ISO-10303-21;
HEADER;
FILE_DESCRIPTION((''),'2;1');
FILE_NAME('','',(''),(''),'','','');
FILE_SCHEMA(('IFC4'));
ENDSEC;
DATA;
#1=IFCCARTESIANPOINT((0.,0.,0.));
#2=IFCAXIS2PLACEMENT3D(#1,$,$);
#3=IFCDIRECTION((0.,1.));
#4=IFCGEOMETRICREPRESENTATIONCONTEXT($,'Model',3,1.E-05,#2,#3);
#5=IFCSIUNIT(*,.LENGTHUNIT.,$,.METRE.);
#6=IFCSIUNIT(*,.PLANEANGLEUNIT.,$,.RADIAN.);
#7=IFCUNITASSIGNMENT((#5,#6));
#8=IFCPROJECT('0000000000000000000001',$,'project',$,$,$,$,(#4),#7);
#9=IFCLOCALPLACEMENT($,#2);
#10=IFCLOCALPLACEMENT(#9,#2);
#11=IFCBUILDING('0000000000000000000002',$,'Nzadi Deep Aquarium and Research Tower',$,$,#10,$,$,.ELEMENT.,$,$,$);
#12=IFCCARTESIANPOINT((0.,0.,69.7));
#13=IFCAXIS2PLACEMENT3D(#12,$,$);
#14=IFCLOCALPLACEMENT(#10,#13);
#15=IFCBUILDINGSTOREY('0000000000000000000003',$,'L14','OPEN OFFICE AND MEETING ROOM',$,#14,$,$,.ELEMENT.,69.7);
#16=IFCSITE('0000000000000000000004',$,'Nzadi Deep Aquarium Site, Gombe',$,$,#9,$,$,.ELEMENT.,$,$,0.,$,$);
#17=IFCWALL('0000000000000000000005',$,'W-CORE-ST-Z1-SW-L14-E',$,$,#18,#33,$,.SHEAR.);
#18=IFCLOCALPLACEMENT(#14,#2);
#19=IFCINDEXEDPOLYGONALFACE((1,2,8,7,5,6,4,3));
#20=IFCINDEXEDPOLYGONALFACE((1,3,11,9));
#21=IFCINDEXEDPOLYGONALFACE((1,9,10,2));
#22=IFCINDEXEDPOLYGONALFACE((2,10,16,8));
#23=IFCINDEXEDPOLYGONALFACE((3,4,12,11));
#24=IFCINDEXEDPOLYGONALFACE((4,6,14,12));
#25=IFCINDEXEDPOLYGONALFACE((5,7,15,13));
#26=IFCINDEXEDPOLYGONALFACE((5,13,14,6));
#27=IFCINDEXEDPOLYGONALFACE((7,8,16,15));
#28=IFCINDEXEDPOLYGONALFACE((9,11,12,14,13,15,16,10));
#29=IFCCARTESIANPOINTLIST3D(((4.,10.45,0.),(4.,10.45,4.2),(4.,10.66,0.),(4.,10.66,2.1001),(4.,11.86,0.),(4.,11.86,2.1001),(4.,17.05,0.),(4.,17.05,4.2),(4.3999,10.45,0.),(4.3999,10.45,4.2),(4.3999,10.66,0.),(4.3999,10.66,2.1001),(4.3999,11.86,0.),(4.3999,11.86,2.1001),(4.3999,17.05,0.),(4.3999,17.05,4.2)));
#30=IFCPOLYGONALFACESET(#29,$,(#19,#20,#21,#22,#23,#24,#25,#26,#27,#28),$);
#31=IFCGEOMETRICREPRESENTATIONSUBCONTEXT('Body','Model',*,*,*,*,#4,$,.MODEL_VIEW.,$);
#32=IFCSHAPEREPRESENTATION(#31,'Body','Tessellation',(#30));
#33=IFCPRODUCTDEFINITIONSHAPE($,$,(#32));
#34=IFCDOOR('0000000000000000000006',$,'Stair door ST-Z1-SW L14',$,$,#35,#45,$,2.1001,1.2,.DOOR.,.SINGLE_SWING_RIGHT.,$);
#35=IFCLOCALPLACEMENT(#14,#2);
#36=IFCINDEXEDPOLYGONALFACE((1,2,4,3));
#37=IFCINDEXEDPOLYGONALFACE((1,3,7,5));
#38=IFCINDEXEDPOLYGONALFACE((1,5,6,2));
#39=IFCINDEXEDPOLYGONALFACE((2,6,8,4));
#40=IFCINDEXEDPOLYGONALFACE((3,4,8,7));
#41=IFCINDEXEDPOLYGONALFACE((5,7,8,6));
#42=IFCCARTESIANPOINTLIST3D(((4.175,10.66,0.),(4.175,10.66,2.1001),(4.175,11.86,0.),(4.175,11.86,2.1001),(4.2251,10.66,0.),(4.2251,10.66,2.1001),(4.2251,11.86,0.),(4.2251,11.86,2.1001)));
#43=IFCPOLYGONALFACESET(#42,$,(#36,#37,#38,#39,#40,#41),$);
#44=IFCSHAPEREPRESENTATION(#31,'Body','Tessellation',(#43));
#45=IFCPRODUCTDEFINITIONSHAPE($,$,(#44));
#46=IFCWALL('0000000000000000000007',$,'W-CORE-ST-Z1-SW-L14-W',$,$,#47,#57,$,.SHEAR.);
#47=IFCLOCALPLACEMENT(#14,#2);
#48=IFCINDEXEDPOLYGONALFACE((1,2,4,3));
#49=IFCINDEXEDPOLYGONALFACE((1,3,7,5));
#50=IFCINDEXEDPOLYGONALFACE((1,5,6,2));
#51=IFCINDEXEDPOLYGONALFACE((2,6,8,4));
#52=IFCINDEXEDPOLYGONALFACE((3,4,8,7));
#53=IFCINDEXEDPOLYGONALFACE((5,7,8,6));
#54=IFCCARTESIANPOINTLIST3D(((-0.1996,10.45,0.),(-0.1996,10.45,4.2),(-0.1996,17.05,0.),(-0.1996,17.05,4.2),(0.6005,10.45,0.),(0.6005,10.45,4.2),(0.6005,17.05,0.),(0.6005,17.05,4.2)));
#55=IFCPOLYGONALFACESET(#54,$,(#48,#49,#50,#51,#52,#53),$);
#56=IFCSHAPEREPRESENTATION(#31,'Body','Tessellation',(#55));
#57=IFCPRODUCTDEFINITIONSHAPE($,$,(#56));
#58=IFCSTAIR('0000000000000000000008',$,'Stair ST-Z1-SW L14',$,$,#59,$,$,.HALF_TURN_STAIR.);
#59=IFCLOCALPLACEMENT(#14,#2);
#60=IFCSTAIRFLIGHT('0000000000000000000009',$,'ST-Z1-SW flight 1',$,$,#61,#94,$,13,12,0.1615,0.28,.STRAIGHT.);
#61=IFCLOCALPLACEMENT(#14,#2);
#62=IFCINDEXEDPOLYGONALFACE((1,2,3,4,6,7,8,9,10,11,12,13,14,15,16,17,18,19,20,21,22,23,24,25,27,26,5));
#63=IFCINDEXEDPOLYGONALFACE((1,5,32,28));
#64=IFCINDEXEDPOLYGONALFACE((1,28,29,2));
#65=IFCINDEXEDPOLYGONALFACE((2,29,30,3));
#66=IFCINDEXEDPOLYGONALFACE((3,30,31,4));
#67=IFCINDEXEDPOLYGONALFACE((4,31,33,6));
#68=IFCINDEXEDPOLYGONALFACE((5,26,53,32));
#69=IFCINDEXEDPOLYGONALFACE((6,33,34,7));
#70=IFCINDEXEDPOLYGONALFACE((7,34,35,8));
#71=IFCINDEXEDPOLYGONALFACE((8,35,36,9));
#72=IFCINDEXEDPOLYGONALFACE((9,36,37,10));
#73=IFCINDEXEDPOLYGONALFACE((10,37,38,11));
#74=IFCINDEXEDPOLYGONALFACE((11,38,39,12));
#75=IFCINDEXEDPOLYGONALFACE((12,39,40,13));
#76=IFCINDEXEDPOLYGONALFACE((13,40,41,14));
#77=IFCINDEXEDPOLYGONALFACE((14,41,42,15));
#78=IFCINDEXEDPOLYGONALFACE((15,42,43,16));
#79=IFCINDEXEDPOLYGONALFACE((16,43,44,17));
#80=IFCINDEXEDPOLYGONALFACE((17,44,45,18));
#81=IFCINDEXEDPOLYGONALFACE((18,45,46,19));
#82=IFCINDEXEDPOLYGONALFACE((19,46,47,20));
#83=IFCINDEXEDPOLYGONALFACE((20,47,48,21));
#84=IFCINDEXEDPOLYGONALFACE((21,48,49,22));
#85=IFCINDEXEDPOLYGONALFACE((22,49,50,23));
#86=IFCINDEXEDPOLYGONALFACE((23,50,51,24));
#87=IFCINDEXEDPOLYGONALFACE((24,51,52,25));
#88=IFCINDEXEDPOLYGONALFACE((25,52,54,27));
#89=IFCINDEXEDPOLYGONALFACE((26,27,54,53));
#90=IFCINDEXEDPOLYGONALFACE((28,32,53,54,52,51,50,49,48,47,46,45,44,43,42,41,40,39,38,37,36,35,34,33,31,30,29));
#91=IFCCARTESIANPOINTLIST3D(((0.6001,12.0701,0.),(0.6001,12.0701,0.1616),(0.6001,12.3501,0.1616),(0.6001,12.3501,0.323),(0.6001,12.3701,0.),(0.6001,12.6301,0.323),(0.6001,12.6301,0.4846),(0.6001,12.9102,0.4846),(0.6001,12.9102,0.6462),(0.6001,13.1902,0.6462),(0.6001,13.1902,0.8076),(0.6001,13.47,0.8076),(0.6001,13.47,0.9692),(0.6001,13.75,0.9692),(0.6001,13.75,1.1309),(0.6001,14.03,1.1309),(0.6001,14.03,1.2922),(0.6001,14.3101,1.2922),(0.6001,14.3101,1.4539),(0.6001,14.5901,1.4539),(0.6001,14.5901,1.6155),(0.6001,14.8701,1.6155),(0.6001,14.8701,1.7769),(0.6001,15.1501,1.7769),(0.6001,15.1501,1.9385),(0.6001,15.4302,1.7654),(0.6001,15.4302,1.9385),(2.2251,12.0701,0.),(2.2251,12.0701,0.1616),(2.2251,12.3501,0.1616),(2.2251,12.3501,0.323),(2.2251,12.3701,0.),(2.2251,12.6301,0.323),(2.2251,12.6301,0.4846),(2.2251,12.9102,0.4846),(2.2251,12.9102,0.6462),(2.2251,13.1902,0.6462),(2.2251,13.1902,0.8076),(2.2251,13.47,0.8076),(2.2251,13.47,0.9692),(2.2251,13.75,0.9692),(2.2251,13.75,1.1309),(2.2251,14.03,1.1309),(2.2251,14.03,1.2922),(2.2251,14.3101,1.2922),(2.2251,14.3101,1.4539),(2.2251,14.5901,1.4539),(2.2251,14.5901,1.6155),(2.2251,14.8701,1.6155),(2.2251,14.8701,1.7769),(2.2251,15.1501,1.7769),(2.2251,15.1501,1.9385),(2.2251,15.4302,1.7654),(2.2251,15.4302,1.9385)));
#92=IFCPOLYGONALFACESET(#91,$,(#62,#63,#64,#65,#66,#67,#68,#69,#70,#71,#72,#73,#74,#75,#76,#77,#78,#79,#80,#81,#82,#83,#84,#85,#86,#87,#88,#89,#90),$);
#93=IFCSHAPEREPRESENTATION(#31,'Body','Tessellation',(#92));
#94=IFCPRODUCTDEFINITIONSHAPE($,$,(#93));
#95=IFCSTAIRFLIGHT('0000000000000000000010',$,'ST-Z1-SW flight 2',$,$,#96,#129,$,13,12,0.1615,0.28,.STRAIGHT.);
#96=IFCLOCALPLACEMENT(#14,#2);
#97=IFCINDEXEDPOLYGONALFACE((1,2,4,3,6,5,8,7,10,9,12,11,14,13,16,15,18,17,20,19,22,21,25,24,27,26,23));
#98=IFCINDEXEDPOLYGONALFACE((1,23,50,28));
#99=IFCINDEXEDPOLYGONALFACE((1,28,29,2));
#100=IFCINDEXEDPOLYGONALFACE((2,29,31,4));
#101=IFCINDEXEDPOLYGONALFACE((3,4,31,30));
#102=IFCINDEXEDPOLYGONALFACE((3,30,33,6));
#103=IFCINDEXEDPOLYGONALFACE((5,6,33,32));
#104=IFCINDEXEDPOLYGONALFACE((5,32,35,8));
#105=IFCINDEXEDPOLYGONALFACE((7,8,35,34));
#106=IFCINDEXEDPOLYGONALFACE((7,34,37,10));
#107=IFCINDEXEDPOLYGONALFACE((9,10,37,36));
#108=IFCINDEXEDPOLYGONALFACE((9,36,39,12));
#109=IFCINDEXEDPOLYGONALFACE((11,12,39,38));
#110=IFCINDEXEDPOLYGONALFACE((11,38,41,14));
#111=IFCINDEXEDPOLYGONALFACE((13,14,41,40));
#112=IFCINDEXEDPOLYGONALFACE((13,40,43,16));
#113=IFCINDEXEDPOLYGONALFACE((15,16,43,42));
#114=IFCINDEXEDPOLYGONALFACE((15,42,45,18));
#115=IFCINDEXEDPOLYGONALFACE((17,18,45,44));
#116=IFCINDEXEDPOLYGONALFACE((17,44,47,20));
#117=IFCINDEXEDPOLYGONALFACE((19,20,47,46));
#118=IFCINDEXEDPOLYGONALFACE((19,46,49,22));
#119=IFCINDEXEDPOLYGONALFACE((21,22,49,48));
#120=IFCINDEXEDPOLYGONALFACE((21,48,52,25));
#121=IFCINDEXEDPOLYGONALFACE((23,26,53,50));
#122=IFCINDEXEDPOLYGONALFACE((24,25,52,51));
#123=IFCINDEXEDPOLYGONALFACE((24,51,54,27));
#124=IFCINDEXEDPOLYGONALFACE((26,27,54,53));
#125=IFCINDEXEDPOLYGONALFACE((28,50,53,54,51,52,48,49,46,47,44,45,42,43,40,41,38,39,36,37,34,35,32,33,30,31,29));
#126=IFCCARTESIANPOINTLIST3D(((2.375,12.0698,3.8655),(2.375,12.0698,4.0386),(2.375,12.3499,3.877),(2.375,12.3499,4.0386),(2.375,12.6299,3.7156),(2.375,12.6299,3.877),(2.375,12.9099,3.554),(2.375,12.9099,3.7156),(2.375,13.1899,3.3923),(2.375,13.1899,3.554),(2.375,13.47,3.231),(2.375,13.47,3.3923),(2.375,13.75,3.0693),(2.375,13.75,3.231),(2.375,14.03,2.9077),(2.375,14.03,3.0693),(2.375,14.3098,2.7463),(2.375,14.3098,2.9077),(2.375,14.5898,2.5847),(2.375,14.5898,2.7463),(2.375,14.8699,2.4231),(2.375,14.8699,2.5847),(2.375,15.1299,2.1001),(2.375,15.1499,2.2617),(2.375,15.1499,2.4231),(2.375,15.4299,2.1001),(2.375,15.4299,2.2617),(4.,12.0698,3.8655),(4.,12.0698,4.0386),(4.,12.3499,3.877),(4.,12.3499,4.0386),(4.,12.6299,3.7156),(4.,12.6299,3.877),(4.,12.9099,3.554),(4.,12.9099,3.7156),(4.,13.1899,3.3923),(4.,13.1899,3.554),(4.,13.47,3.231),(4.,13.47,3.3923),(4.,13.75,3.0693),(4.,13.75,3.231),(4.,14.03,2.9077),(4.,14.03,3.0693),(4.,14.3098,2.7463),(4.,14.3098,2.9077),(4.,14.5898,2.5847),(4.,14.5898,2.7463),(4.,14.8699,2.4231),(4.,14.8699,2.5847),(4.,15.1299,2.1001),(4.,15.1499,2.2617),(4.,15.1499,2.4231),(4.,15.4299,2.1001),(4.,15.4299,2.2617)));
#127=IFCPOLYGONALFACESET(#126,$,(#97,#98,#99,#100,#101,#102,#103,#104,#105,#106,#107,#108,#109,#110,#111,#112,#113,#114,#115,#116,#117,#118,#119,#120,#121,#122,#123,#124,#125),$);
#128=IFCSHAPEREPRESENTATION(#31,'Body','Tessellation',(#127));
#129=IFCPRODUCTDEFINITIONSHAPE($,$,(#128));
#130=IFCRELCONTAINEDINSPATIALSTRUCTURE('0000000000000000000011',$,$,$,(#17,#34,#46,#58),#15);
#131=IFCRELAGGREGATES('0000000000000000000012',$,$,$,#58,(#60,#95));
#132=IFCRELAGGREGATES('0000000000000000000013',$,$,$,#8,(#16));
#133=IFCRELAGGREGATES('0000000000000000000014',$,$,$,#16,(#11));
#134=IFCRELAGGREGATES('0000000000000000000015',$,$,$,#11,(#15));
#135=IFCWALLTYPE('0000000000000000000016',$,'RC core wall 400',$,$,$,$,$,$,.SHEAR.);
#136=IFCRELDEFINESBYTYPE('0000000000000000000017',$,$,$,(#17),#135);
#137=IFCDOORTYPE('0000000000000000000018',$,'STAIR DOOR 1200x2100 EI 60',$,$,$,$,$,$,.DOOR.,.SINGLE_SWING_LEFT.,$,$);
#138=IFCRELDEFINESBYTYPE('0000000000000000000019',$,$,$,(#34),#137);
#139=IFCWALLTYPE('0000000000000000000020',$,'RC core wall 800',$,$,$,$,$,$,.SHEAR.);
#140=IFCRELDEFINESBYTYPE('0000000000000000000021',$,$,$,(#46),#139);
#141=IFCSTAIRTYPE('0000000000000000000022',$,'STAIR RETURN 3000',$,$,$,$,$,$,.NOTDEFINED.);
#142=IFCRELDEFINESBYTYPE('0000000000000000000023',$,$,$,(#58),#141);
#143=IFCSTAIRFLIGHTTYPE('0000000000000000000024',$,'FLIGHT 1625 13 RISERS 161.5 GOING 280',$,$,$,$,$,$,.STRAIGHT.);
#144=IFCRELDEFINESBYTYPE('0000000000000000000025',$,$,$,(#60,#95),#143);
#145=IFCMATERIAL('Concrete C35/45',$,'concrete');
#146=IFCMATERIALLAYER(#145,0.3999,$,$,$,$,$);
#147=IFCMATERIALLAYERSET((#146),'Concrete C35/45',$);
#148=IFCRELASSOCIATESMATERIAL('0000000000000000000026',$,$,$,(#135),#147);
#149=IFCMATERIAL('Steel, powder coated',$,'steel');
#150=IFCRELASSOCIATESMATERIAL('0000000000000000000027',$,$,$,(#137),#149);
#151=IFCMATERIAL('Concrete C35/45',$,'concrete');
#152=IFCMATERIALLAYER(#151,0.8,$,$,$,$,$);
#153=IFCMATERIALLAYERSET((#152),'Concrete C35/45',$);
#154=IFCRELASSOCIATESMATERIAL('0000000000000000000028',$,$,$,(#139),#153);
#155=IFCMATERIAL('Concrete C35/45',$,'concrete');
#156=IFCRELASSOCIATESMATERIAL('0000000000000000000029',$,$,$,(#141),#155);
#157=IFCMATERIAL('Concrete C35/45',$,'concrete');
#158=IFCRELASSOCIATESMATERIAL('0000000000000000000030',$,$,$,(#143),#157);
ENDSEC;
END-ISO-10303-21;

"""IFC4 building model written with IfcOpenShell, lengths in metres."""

from ifc_helpers import new_model, si_unit, direction, frame, frame_2d, origin, place, context, subcontext, project, spatial, polyline, rectangle, outline, extrude, material, layer, layer_set, type_object, element, fill, aggregate, save


model = new_model("IFC4")

# Units and contexts
model_context = context("Model", 3, precision=1e-05, world=origin(), true_north=direction((0.0, 1.0)))
body_context = subcontext(model_context, "Body", "Model", "MODEL_VIEW")
ifc_project = project(units=[si_unit("LENGTHUNIT", "METRE"), si_unit("PLANEANGLEUNIT", "RADIAN")], contexts=[model_context])

# Site, building, storey
site_placement = place(None, origin())
site = spatial("IfcSite", under=ifc_project, at=site_placement, Name="Nzadi Deep Aquarium Site, Gombe", CompositionType="ELEMENT", RefElevation=0.0)
building_placement = place(site_placement, origin())
building = spatial("IfcBuilding", under=site, at=building_placement, Name="Nzadi Deep Aquarium and Research Tower", CompositionType="ELEMENT")
storey_placement = place(building_placement, frame((0.0, 0.0, 69.7)))
storey = spatial("IfcBuildingStorey", under=building, at=storey_placement, Name="L14", Description="OPEN OFFICE AND MEETING ROOM", CompositionType="ELEMENT", Elevation=69.7)

# Shared definitions
ifc_material_1 = material(Name="Concrete C35/45", Category="concrete")
ifc_layer_1 = layer(ifc_material_1, 0.3999)
ifc_layer_set_1 = layer_set([ifc_layer_1], Name="Concrete C35/45")
wall_type_1 = type_object("IfcWallType", Name="RC core wall 400", PredefinedType="SHEAR", material=ifc_layer_set_1)

# Wall, opening, door
wall_1_placement = place(storey_placement, frame((4.2, 10.45, 0.0), z_axis=(0.0, 0.0, 1.0), x_axis=(0.0, 1.0, 0.0)))
wall_1 = element("IfcWall", 1, at=wall_1_placement, inside=storey, type_object=wall_type_1, Name="W-CORE-ST-Z1-SW-L14-E", PredefinedType="SHEAR", context=body_context, shape_type="SweptSolid", body=[
    extrude(rectangle(XDim=6.6001, YDim=0.3999, at=frame_2d((3.3, 0.0))), origin(), (0.0, 0.0, 1.0), 4.2),
])
opening_1_placement = place(wall_1_placement, frame((0.21, 0.0, 0.0)))
opening_1 = element("IfcOpeningElement", 2, at=opening_1_placement, cuts=wall_1, PredefinedType="OPENING", context=body_context, shape_type="SweptSolid", body=[
    extrude(rectangle(XDim=1.2, YDim=2.1001, at=frame_2d((0.6001, 1.05))), frame((0.0, 0.21, 0.0), z_axis=(0.0, -1.0, 0.0), x_axis=(1.0, 0.0, 0.0)), (0.0, 0.0, 1.0), 0.4199),
])
ifc_material_2 = material(Name="Steel, powder coated", Category="steel")
door_type_1 = type_object("IfcDoorType", Name="STAIR DOOR 1200x2100 EI 60", OperationType="SINGLE_SWING_LEFT", PredefinedType="DOOR", material=ifc_material_2)
door_1_placement = place(opening_1_placement, origin())
door_1 = element("IfcDoor", 3, at=door_1_placement, inside=storey, type_object=door_type_1, Name="Stair door ST-Z1-SW L14", OperationType="SINGLE_SWING_RIGHT", OverallHeight=2.1001, OverallWidth=1.2, PredefinedType="DOOR", context=body_context, shape_type="SweptSolid", body=[
    extrude(rectangle(XDim=1.2, YDim=2.1001, at=frame_2d((0.6001, 1.05))), frame((0.0, 0.0249, 0.0), z_axis=(0.0, -1.0, 0.0), x_axis=(1.0, 0.0, 0.0)), (0.0, 0.0, 1.0), 0.05),
])
fill(opening_1, door_1)

# Wall
ifc_material_3 = material(Name="Concrete C35/45", Category="concrete")
ifc_layer_2 = layer(ifc_material_3, 0.8)
ifc_layer_set_2 = layer_set([ifc_layer_2], Name="Concrete C35/45")
wall_type_2 = type_object("IfcWallType", Name="RC core wall 800", PredefinedType="SHEAR", material=ifc_layer_set_2)
wall_2_placement = place(storey_placement, frame((0.2004, 10.45, 0.0), z_axis=(0.0, 0.0, 1.0), x_axis=(0.0, 1.0, 0.0)))
element("IfcWall", 4, at=wall_2_placement, inside=storey, type_object=wall_type_2, Name="W-CORE-ST-Z1-SW-L14-W", PredefinedType="SHEAR", context=body_context, shape_type="SweptSolid", body=[
    extrude(rectangle(XDim=6.6001, YDim=0.8, at=frame_2d((3.3, 0.0))), origin(), (0.0, 0.0, 1.0), 4.2),
])

# Stair, stair flights
ifc_material_4 = material(Name="Concrete C35/45", Category="concrete")
stair_type = type_object("IfcStairType", Name="STAIR RETURN 3000", PredefinedType="NOTDEFINED", material=ifc_material_4)
stair_placement = place(storey_placement, origin())
stair = element("IfcStair", 5, at=stair_placement, inside=storey, type_object=stair_type, Name="Stair ST-Z1-SW L14", PredefinedType="HALF_TURN_STAIR")
ifc_material_5 = material(Name="Concrete C35/45", Category="concrete")
stair_flight_type = type_object("IfcStairFlightType", Name="FLIGHT 1625 13 RISERS 161.5 GOING 280", PredefinedType="STRAIGHT", material=ifc_material_5)
stair_flight_1_placement = place(storey_placement, frame((1.4126, 12.0701, 0.0), z_axis=(0.0, 0.0, 1.0), x_axis=(0.0, 1.0, 0.0)))
stair_flight_1 = element("IfcStairFlight", 6, at=stair_flight_1_placement, type_object=stair_flight_type, Name="ST-Z1-SW flight 1", NumberOfRisers=13, NumberOfTreads=12, PredefinedType="STRAIGHT", RiserHeight=0.1615, TreadLength=0.28, context=body_context, shape_type="SweptSolid", body=[
    extrude(outline(polyline([(0.0, 0.0), (0.0, 0.1616), (0.28, 0.1616), (0.28, 0.323), (0.5601, 0.323), (0.5601, 0.4846), (0.8401, 0.4846), (0.8401, 0.6462), (1.1201, 0.6462), (1.1201, 0.8076), (1.3999, 0.8076), (1.3999, 0.9692), (1.6799, 0.9692), (1.6799, 1.1309), (1.96, 1.1309), (1.96, 1.2922), (2.24, 1.2922), (2.24, 1.4539), (2.52, 1.4539), (2.52, 1.6155), (2.8, 1.6155), (2.8, 1.7769), (3.0801, 1.7769), (3.0801, 1.9385), (3.3601, 1.9385), (3.3601, 2.1001), (3.3601, 1.7654), (0.3, 0.0), (0.0, 0.0)])), frame((0.0, 0.8125, 0.0), z_axis=(0.0, -1.0, 0.0), x_axis=(1.0, 0.0, 0.0)), (0.0, 0.0, 1.0), 1.625),
])
stair_flight_2_placement = place(storey_placement, frame((3.1875, 15.4299, 2.1001), z_axis=(0.0, 0.0, 1.0), x_axis=(0.0, -1.0, 0.0)))
stair_flight_2 = element("IfcStairFlight", 7, at=stair_flight_2_placement, type_object=stair_flight_type, Name="ST-Z1-SW flight 2", NumberOfRisers=13, NumberOfTreads=12, PredefinedType="STRAIGHT", RiserHeight=0.1615, TreadLength=0.28, context=body_context, shape_type="SweptSolid", body=[
    extrude(outline(polyline([(0.0, 0.0), (0.0, 0.1616), (0.28, 0.1616), (0.28, 0.323), (0.5601, 0.323), (0.5601, 0.4846), (0.8401, 0.4846), (0.8401, 0.6462), (1.1201, 0.6462), (1.1201, 0.8076), (1.3999, 0.8076), (1.3999, 0.9692), (1.6799, 0.9692), (1.6799, 1.1309), (1.96, 1.1309), (1.96, 1.2922), (2.24, 1.2922), (2.24, 1.4539), (2.52, 1.4539), (2.52, 1.6155), (2.8, 1.6155), (2.8, 1.7769), (3.0801, 1.7769), (3.0801, 1.9385), (3.3601, 1.9385), (3.3601, 2.1001), (3.3601, 1.7654), (0.3, 0.0), (0.0, 0.0)])), frame((0.0, 0.8125, 0.0), z_axis=(0.0, -1.0, 0.0), x_axis=(1.0, 0.0, 0.0)), (0.0, 0.0, 1.0), 1.625),
])
aggregate(stair, [stair_flight_1, stair_flight_2])

save(model, "model.ifc")
